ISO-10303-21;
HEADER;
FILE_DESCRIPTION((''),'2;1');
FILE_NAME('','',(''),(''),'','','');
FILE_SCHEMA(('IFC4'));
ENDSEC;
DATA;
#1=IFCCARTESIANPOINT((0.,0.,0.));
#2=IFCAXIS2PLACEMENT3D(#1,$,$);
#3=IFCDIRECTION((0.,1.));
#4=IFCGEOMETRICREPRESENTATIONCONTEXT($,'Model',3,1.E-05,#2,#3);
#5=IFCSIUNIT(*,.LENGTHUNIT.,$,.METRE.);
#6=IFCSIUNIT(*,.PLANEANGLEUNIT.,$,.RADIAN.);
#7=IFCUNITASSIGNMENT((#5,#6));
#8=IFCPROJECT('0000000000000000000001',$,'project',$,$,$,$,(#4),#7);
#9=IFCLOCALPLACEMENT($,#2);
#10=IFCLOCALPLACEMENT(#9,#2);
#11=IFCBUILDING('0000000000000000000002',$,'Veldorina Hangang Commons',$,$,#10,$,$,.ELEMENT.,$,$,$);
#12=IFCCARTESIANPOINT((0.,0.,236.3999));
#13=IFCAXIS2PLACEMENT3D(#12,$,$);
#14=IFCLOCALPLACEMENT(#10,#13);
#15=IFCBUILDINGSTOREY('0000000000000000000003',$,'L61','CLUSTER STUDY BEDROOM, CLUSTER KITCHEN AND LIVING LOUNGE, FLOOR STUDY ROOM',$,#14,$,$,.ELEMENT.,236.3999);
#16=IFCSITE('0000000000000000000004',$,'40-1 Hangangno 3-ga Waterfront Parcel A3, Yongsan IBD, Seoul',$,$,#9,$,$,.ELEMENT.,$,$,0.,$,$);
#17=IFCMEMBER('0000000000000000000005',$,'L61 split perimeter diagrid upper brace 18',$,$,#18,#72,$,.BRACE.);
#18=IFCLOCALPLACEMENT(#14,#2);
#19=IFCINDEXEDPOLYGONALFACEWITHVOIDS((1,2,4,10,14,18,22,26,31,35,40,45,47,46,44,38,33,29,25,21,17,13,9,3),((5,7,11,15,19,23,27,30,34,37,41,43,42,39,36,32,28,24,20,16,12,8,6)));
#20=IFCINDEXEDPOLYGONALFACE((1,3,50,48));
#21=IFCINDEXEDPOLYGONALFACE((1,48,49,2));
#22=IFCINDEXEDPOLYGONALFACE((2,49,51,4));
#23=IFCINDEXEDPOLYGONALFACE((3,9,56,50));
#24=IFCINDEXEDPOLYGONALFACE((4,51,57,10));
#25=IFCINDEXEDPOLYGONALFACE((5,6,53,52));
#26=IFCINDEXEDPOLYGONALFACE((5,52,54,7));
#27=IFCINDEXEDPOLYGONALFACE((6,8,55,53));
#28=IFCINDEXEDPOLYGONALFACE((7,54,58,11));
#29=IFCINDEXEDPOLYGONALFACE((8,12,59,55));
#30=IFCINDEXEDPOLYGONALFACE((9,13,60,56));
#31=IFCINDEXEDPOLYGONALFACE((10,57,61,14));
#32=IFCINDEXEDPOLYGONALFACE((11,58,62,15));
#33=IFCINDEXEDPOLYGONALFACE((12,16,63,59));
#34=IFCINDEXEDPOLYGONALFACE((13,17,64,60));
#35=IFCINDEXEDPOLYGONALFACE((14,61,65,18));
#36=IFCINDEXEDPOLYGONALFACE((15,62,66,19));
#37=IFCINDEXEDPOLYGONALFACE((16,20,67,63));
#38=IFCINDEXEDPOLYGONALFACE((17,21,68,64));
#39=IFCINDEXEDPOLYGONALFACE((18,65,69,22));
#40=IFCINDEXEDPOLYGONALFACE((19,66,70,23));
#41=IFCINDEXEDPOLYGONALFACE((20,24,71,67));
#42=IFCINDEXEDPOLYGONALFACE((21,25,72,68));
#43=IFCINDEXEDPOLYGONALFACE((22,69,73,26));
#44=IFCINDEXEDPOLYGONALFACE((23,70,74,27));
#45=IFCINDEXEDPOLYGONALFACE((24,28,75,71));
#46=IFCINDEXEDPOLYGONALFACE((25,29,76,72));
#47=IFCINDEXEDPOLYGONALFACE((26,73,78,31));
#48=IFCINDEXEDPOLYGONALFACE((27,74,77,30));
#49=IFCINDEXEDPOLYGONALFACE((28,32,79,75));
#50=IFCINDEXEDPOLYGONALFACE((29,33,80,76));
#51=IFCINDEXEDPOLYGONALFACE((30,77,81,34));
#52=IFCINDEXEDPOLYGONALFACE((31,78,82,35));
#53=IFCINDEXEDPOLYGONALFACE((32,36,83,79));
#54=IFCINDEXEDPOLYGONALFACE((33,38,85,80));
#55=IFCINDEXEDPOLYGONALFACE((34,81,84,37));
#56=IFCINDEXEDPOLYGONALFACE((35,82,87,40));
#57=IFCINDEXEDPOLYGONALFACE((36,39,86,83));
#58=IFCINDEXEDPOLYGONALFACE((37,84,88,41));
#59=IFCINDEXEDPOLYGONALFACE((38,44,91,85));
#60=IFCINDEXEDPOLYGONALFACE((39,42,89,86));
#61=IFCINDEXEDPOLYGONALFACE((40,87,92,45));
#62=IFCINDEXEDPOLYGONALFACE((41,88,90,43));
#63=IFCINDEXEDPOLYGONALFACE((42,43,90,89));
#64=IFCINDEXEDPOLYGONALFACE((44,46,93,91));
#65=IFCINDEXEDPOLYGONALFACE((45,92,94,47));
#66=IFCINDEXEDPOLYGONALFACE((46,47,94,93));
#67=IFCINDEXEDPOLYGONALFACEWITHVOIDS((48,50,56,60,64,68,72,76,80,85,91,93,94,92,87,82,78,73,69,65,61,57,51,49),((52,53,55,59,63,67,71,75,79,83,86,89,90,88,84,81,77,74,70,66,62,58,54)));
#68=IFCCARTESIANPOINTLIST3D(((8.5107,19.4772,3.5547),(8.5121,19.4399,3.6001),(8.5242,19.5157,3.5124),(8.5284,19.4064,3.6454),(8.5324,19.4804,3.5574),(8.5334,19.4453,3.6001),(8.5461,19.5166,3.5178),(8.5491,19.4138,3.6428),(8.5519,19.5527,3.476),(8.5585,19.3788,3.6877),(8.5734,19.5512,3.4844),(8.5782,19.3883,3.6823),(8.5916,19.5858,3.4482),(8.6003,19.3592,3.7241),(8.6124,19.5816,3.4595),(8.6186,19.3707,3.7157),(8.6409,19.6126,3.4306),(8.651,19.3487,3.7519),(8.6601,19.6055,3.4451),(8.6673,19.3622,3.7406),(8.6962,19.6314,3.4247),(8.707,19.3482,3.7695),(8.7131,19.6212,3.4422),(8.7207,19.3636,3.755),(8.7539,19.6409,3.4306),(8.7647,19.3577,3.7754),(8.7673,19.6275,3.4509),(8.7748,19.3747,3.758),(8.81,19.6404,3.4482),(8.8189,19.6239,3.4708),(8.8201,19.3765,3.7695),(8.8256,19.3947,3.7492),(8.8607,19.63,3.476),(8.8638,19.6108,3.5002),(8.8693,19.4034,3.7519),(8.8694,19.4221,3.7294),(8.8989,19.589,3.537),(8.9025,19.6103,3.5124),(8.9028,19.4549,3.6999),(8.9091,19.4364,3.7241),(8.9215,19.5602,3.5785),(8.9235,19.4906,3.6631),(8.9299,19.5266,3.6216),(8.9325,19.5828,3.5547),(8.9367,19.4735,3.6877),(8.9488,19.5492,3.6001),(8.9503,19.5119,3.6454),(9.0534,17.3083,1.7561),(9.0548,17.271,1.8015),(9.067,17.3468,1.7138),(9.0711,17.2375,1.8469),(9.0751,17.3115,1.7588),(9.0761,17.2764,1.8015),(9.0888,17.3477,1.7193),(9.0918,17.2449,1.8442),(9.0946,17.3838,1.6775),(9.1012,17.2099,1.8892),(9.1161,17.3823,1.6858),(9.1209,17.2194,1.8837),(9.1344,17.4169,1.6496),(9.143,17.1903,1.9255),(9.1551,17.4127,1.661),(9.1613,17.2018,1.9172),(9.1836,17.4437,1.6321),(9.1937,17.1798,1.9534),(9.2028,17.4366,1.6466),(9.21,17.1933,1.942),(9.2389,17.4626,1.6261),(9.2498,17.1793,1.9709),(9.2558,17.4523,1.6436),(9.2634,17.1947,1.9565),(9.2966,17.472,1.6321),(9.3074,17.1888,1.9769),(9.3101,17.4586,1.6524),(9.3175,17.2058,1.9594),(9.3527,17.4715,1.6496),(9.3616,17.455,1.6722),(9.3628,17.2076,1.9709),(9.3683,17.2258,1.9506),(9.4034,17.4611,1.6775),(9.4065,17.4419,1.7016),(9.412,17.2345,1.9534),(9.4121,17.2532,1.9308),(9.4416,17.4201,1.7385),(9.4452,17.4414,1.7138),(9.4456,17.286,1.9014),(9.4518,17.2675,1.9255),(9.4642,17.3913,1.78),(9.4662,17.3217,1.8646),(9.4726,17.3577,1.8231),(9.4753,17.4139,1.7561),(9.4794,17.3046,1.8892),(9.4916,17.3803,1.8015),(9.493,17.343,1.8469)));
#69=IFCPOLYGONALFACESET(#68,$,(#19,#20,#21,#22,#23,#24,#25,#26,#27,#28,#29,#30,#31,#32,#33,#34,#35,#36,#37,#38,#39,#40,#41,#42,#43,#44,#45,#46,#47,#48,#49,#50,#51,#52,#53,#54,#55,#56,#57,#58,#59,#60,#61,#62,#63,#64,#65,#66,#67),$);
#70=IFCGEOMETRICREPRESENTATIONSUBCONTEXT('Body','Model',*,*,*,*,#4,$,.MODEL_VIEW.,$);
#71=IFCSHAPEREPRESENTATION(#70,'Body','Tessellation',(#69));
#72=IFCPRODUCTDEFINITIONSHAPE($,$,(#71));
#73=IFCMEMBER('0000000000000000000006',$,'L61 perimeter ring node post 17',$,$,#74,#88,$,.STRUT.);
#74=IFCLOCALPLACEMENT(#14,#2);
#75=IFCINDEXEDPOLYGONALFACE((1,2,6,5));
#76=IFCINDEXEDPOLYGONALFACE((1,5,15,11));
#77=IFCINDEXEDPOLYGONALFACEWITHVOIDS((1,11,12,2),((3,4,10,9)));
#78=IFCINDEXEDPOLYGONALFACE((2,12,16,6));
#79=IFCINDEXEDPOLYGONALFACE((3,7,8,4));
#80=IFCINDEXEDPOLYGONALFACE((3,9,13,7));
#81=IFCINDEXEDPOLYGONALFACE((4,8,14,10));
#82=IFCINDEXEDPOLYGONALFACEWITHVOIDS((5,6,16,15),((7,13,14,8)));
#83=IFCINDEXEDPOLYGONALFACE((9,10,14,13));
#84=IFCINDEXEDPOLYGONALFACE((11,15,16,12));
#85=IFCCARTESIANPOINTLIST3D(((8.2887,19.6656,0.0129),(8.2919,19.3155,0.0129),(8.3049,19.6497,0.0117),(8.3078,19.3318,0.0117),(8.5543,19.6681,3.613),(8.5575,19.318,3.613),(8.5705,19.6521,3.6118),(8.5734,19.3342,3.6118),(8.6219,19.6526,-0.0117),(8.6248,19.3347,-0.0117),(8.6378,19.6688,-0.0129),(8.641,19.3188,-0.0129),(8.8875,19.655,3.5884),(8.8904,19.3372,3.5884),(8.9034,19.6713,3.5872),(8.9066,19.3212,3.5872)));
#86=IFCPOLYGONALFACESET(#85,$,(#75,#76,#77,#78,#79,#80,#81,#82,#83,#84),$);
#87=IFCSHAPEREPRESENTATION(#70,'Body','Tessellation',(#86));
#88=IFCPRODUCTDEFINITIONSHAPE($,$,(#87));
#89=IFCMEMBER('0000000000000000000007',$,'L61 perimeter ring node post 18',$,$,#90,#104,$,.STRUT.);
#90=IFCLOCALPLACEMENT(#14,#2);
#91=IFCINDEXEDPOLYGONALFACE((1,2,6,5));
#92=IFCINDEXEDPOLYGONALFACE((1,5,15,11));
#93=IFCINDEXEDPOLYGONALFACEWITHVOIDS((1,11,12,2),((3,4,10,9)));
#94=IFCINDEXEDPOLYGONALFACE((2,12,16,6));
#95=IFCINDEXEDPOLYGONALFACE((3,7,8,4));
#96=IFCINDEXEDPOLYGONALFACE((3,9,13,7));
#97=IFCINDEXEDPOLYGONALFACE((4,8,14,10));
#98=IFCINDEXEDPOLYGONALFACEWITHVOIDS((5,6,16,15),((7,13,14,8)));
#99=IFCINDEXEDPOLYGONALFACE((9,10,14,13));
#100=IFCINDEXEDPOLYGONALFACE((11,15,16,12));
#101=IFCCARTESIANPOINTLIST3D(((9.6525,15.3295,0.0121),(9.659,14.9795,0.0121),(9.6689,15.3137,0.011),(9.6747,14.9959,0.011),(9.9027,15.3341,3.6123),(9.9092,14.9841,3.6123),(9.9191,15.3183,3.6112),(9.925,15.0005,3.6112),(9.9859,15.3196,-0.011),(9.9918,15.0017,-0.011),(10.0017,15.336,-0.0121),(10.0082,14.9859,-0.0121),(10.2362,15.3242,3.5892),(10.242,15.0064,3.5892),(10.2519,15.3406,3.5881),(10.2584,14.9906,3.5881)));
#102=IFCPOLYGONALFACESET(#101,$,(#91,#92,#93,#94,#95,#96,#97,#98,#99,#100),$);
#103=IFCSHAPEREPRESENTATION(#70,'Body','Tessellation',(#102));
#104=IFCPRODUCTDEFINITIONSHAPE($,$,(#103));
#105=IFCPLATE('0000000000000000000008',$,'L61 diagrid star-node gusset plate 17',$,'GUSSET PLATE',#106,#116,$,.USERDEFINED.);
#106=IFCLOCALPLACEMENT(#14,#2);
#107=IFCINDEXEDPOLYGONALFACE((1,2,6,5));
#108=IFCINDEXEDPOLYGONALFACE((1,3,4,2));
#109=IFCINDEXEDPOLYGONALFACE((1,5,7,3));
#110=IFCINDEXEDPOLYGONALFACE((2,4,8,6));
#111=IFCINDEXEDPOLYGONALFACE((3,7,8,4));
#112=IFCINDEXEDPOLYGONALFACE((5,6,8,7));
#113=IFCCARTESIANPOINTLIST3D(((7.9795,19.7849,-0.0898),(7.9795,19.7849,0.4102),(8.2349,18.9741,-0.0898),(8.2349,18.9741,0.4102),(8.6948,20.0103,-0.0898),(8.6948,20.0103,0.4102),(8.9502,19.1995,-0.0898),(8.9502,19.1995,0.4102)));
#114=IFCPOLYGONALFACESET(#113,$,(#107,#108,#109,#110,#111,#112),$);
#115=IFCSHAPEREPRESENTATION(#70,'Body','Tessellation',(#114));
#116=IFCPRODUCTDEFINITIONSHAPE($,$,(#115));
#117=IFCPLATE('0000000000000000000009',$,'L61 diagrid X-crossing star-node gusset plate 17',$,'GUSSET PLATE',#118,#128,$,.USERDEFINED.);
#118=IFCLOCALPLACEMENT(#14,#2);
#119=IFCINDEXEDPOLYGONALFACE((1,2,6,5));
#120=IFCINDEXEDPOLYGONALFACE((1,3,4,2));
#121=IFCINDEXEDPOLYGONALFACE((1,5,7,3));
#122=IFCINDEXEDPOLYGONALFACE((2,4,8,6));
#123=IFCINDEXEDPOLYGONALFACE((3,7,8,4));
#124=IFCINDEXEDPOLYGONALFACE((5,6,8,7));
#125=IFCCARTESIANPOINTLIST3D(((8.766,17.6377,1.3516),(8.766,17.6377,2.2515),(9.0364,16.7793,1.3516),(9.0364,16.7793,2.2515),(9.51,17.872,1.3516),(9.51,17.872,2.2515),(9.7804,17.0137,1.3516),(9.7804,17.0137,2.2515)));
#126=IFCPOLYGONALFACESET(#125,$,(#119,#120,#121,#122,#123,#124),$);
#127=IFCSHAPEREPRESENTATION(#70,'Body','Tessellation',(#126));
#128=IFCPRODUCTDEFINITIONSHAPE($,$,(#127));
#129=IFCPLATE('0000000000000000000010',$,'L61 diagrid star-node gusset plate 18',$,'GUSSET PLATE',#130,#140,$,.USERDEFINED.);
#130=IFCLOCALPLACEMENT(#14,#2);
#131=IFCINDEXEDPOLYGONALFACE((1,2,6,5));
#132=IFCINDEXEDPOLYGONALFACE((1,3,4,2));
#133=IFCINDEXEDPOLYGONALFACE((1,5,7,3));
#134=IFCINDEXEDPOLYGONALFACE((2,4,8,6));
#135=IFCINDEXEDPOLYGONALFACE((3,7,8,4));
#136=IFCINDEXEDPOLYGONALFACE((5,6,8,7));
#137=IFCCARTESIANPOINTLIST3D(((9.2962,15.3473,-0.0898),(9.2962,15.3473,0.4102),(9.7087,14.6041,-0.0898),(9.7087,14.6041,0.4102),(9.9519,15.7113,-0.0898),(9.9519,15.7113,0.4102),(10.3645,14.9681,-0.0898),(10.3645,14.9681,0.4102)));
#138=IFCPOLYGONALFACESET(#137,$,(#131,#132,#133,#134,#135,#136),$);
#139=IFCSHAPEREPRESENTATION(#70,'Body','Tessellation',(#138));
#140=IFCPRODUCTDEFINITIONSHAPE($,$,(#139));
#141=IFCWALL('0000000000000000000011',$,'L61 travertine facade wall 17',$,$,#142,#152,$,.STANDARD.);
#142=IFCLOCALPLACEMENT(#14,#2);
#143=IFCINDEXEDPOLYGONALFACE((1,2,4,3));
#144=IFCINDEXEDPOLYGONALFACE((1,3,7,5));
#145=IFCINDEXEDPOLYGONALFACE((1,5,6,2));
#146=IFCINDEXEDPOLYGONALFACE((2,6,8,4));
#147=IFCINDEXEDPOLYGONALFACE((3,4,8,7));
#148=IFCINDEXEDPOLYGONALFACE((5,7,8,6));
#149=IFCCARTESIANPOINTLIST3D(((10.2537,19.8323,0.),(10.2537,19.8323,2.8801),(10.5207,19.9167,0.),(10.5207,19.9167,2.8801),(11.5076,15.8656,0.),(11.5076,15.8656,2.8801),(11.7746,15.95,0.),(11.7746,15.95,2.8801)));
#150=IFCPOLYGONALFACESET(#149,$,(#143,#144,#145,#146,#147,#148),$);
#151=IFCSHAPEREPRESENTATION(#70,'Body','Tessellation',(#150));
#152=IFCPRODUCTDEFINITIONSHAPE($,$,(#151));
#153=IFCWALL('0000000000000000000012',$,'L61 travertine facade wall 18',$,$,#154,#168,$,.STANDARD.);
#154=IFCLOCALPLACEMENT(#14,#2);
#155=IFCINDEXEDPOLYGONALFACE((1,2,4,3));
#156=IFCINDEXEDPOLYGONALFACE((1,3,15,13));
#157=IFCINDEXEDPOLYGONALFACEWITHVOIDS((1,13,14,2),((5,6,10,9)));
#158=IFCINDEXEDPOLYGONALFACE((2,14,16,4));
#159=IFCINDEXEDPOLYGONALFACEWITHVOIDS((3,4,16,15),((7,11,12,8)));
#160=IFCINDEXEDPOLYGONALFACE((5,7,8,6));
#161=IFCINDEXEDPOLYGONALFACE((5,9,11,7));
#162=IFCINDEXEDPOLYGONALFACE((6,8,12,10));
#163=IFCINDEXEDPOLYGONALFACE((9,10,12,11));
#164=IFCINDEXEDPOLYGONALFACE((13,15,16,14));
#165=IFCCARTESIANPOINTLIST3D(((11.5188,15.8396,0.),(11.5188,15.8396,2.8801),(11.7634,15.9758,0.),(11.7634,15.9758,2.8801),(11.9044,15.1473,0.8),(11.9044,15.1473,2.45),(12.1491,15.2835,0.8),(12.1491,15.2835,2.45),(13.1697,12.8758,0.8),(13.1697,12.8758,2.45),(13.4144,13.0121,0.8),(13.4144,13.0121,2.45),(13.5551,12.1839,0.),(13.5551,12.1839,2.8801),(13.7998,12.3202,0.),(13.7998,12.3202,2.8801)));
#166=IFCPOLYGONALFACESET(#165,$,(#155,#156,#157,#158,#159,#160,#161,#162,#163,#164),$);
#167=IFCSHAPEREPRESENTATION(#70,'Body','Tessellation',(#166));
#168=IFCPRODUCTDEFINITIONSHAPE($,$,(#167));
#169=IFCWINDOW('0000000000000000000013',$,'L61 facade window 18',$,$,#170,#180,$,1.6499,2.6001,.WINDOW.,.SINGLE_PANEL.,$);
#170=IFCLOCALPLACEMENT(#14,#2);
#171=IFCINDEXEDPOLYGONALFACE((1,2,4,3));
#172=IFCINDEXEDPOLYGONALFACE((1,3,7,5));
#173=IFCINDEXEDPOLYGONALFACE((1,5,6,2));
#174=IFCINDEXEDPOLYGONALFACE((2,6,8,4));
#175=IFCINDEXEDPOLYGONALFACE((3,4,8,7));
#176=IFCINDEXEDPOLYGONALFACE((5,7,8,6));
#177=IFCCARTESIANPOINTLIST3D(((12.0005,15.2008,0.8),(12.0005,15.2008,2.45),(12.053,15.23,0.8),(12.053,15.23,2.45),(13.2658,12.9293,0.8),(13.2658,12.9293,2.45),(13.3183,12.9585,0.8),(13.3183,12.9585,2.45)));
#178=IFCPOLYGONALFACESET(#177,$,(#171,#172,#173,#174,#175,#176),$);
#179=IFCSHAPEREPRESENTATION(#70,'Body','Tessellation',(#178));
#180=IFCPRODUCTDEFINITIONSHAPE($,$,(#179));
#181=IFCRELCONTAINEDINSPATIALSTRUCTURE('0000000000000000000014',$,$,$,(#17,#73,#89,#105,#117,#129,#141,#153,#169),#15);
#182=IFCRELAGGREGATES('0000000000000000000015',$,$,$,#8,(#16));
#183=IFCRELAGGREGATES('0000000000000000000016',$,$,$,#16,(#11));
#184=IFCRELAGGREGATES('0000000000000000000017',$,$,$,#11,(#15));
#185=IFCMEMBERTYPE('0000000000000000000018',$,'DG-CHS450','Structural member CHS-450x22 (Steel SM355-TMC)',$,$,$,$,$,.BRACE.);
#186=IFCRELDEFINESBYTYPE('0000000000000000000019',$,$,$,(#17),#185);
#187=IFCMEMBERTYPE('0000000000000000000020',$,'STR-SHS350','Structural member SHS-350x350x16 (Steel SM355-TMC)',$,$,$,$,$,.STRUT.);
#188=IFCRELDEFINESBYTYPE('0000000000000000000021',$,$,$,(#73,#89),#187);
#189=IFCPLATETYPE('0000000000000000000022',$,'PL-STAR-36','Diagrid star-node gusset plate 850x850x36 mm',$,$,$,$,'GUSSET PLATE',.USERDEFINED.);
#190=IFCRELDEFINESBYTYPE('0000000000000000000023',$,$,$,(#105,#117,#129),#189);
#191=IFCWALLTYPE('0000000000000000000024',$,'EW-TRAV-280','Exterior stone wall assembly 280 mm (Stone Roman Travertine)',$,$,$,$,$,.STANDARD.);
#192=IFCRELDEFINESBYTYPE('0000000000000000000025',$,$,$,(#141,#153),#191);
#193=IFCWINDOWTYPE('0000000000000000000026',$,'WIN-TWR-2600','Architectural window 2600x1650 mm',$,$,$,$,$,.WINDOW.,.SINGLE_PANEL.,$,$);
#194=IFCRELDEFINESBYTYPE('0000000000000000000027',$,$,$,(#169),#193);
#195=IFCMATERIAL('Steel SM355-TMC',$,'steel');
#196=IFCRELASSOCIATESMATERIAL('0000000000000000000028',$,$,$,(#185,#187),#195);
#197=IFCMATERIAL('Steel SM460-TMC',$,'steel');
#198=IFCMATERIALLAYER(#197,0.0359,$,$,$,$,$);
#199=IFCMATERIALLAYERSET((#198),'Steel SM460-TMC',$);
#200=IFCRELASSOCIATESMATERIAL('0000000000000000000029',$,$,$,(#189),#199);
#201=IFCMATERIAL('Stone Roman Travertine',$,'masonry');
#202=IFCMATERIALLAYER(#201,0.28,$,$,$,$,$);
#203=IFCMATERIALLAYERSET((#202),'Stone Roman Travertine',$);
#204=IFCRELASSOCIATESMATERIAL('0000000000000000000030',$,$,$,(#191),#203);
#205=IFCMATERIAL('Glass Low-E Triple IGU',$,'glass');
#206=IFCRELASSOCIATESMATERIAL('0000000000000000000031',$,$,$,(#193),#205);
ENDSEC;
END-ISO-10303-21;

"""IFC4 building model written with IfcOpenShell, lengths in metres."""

from ifc_helpers import new_model, si_unit, direction, frame, frame_2d, origin, origin_2d, place, context, subcontext, project, spatial, rectangle, hollow_rectangle, hollow_circle, extrude, material, layer, layer_set, material_profile, profile_set, type_object, element, fill, save


model = new_model("IFC4")

# Units and contexts
model_context = context("Model", 3, precision=1e-05, world=origin(), true_north=direction((0.0, 1.0)))
body_context = subcontext(model_context, "Body", "Model", "MODEL_VIEW")
ifc_project = project(units=[si_unit("LENGTHUNIT", "METRE"), si_unit("PLANEANGLEUNIT", "RADIAN")], contexts=[model_context])

# Site, building, storey
site_placement = place(None, origin())
site = spatial("IfcSite", under=ifc_project, at=site_placement, Name="40-1 Hangangno 3-ga Waterfront Parcel A3, Yongsan IBD, Seoul", CompositionType="ELEMENT", RefElevation=0.0)
building_placement = place(site_placement, origin())
building = spatial("IfcBuilding", under=site, at=building_placement, Name="Veldorina Hangang Commons", CompositionType="ELEMENT")
storey_placement = place(building_placement, frame((0.0, 0.0, 236.3999)))
storey = spatial("IfcBuildingStorey", under=building, at=storey_placement, Name="L61", Description="CLUSTER STUDY BEDROOM, CLUSTER KITCHEN AND LIVING LOUNGE, FLOOR STUDY ROOM", CompositionType="ELEMENT", Elevation=236.3999)

# Shared definitions
ifc_material_1 = material(Name="Steel SM355-TMC", Category="steel")

# Members
ifc_material_profile_1 = material_profile(ifc_material_1, hollow_circle(Radius=0.2251, WallThickness=0.022, at=origin_2d()), Name="CHS-450x22")
ifc_profile_set_1 = profile_set([ifc_material_profile_1], Name="Steel SM355-TMC")
member_type_1 = type_object("IfcMemberType", Name="DG-CHS450", Description="Structural member CHS-450x22 (Steel SM355-TMC)", PredefinedType="BRACE", material=ifc_profile_set_1)
member_1_placement = place(storey_placement, frame((9.2732, 17.3257, 1.8015), z_axis=(-0.189138, 0.755873, 0.626803), x_axis=(-0.970091, -0.242741, 0.0)))
element("IfcMember", 1, at=member_1_placement, inside=storey, type_object=member_type_1, Name="L61 split perimeter diagrid upper brace 18", PredefinedType="BRACE", context=body_context, shape_type="SweptSolid", body=[
    extrude(hollow_circle(Radius=0.2251, WallThickness=0.022, at=origin_2d()), origin(), (0.0, 0.0, 1.0), 2.8694),
])
ifc_material_profile_2 = material_profile(ifc_material_1, hollow_rectangle(XDim=0.3501, YDim=0.3501, WallThickness=0.0161, at=origin_2d()), Name="SHS-350x350x16")
ifc_profile_set_2 = profile_set([ifc_material_profile_2], Name="Steel SM355-TMC")
member_type_2 = type_object("IfcMemberType", Name="STR-SHS350", Description="Structural member SHS-350x350x16 (Steel SM355-TMC)", PredefinedType="STRUT", material=ifc_profile_set_2)
member_2_placement = place(storey_placement, frame((8.4648, 19.4922, 0.0), z_axis=(0.073583, 0.000676, 0.997289), x_axis=(-0.009191, 0.999958, 0.0)))
element("IfcMember", 2, at=member_2_placement, inside=storey, type_object=member_type_2, Name="L61 perimeter ring node post 17", PredefinedType="STRUT", context=body_context, shape_type="SweptSolid", body=[
    extrude(hollow_rectangle(XDim=0.3501, YDim=0.3501, WallThickness=0.0161, at=origin_2d()), origin(), (0.0, 0.0, 1.0), 3.6099),
])
member_3_placement = place(storey_placement, frame((9.8303, 15.1577, 0.0), z_axis=(0.069343, 0.001285, 0.997592), x_axis=(-0.018533, 0.999828, 0.0)))
element("IfcMember", 3, at=member_3_placement, inside=storey, type_object=member_type_2, Name="L61 perimeter ring node post 18", PredefinedType="STRUT", context=body_context, shape_type="SweptSolid", body=[
    extrude(hollow_rectangle(XDim=0.3501, YDim=0.3501, WallThickness=0.0161, at=origin_2d()), origin(), (0.0, 0.0, 1.0), 3.6089),
])

# Plates
ifc_material_2 = material(Name="Steel SM460-TMC", Category="steel")
ifc_layer_1 = layer(ifc_material_2, 0.0359)
ifc_layer_set_1 = layer_set([ifc_layer_1], Name="Steel SM460-TMC")
plate_type = type_object("IfcPlateType", Name="PL-STAR-36", Description="Diagrid star-node gusset plate 850x850x36 mm", ElementType="GUSSET PLATE", PredefinedType="USERDEFINED", material=ifc_layer_set_1)
plate_1_placement = place(storey_placement, frame((8.4648, 19.4922, -0.0898), z_axis=(0.0, 0.0, 1.0), x_axis=(0.300473, -0.95379, 0.0)))
element("IfcPlate", 4, at=plate_1_placement, inside=storey, type_object=plate_type, Name="L61 diagrid star-node gusset plate 17", ObjectType="GUSSET PLATE", PredefinedType="USERDEFINED", context=body_context, shape_type="SweptSolid", body=[
    extrude(rectangle(XDim=0.8501, YDim=0.75, at=origin_2d()), origin(), (0.0, 0.0, 1.0), 0.5),
])
plate_2_placement = place(storey_placement, frame((9.2732, 17.3257, 1.3516), z_axis=(0.0, 0.0, 1.0), x_axis=(0.300473, -0.95379, 0.0)))
element("IfcPlate", 5, at=plate_2_placement, inside=storey, type_object=plate_type, Name="L61 diagrid X-crossing star-node gusset plate 17", ObjectType="GUSSET PLATE", PredefinedType="USERDEFINED", context=body_context, shape_type="SweptSolid", body=[
    extrude(rectangle(XDim=0.8999, YDim=0.78, at=origin_2d()), origin(), (0.0, 0.0, 1.0), 0.8999),
])
plate_3_placement = place(storey_placement, frame((9.8303, 15.1577, -0.0898), z_axis=(0.0, 0.0, 1.0), x_axis=(0.485344, -0.874323, 0.0)))
element("IfcPlate", 6, at=plate_3_placement, inside=storey, type_object=plate_type, Name="L61 diagrid star-node gusset plate 18", ObjectType="GUSSET PLATE", PredefinedType="USERDEFINED", context=body_context, shape_type="SweptSolid", body=[
    extrude(rectangle(XDim=0.8501, YDim=0.75, at=origin_2d()), origin(), (0.0, 0.0, 1.0), 0.5),
])

# Wall
ifc_material_3 = material(Name="Stone Roman Travertine", Category="masonry")
ifc_layer_2 = layer(ifc_material_3, 0.28)
ifc_layer_set_2 = layer_set([ifc_layer_2], Name="Stone Roman Travertine")
wall_type_1 = type_object("IfcWallType", Name="EW-TRAV-280", Description="Exterior stone wall assembly 280 mm (Stone Roman Travertine)", PredefinedType="STANDARD", material=ifc_layer_set_2)
wall_1_placement = place(storey_placement, frame((10.3872, 19.8745, 0.0), z_axis=(0.0, 0.0, 1.0), x_axis=(0.301401, -0.953497, 0.0)))
element("IfcWall", 7, at=wall_1_placement, inside=storey, type_object=wall_type_1, Name="L61 travertine facade wall 17", PredefinedType="STANDARD", context=body_context, shape_type="SweptSolid", body=[
    extrude(rectangle(XDim=4.1602, YDim=0.28, at=frame_2d((2.0801, 0.0))), origin(), (0.0, 0.0, 1.0), 2.8801),
])

# Wall, opening, window
wall_2_placement = place(storey_placement, frame((11.6411, 15.9077, 0.0), z_axis=(0.0, 0.0, 1.0), x_axis=(0.486628, -0.873609, 0.0)))
wall_2 = element("IfcWall", 8, at=wall_2_placement, inside=storey, type_object=wall_type_1, Name="L61 travertine facade wall 18", PredefinedType="STANDARD", context=body_context, shape_type="SweptSolid", body=[
    extrude(rectangle(XDim=4.1846, YDim=0.28, at=frame_2d((2.0923, 0.0))), origin(), (0.0, 0.0, 1.0), 2.8801),
])
opening_1_placement = place(wall_2_placement, frame((0.7925, 0.0, 0.8)))
opening_1 = element("IfcOpeningElement", 9, at=opening_1_placement, cuts=wall_2, PredefinedType="OPENING", context=body_context, shape_type="SweptSolid", body=[
    extrude(rectangle(XDim=2.6001, YDim=1.6499, at=frame_2d((1.3, 0.825))), frame((0.0, 0.1499, 0.0), z_axis=(0.0, -1.0, 0.0), x_axis=(1.0, 0.0, 0.0)), (0.0, 0.0, 1.0), 0.3),
])
ifc_material_4 = material(Name="Glass Low-E Triple IGU", Category="glass")
window_type = type_object("IfcWindowType", Name="WIN-TWR-2600", Description="Architectural window 2600x1650 mm", PartitioningType="SINGLE_PANEL", PredefinedType="WINDOW", material=ifc_material_4)
window_placement = place(opening_1_placement, origin())
window = element("IfcWindow", 10, at=window_placement, inside=storey, type_object=window_type, Name="L61 facade window 18", OverallHeight=1.6499, OverallWidth=2.6001, PartitioningType="SINGLE_PANEL", PredefinedType="WINDOW", context=body_context, shape_type="SweptSolid", body=[
    extrude(rectangle(XDim=2.6001, YDim=1.6499, at=frame_2d((1.3, 0.825))), frame((0.0, 0.03, 0.0), z_axis=(0.0, -1.0, 0.0), x_axis=(1.0, 0.0, 0.0)), (0.0, 0.0, 1.0), 0.0601),
])
fill(opening_1, window)

save(model, "model.ifc")
